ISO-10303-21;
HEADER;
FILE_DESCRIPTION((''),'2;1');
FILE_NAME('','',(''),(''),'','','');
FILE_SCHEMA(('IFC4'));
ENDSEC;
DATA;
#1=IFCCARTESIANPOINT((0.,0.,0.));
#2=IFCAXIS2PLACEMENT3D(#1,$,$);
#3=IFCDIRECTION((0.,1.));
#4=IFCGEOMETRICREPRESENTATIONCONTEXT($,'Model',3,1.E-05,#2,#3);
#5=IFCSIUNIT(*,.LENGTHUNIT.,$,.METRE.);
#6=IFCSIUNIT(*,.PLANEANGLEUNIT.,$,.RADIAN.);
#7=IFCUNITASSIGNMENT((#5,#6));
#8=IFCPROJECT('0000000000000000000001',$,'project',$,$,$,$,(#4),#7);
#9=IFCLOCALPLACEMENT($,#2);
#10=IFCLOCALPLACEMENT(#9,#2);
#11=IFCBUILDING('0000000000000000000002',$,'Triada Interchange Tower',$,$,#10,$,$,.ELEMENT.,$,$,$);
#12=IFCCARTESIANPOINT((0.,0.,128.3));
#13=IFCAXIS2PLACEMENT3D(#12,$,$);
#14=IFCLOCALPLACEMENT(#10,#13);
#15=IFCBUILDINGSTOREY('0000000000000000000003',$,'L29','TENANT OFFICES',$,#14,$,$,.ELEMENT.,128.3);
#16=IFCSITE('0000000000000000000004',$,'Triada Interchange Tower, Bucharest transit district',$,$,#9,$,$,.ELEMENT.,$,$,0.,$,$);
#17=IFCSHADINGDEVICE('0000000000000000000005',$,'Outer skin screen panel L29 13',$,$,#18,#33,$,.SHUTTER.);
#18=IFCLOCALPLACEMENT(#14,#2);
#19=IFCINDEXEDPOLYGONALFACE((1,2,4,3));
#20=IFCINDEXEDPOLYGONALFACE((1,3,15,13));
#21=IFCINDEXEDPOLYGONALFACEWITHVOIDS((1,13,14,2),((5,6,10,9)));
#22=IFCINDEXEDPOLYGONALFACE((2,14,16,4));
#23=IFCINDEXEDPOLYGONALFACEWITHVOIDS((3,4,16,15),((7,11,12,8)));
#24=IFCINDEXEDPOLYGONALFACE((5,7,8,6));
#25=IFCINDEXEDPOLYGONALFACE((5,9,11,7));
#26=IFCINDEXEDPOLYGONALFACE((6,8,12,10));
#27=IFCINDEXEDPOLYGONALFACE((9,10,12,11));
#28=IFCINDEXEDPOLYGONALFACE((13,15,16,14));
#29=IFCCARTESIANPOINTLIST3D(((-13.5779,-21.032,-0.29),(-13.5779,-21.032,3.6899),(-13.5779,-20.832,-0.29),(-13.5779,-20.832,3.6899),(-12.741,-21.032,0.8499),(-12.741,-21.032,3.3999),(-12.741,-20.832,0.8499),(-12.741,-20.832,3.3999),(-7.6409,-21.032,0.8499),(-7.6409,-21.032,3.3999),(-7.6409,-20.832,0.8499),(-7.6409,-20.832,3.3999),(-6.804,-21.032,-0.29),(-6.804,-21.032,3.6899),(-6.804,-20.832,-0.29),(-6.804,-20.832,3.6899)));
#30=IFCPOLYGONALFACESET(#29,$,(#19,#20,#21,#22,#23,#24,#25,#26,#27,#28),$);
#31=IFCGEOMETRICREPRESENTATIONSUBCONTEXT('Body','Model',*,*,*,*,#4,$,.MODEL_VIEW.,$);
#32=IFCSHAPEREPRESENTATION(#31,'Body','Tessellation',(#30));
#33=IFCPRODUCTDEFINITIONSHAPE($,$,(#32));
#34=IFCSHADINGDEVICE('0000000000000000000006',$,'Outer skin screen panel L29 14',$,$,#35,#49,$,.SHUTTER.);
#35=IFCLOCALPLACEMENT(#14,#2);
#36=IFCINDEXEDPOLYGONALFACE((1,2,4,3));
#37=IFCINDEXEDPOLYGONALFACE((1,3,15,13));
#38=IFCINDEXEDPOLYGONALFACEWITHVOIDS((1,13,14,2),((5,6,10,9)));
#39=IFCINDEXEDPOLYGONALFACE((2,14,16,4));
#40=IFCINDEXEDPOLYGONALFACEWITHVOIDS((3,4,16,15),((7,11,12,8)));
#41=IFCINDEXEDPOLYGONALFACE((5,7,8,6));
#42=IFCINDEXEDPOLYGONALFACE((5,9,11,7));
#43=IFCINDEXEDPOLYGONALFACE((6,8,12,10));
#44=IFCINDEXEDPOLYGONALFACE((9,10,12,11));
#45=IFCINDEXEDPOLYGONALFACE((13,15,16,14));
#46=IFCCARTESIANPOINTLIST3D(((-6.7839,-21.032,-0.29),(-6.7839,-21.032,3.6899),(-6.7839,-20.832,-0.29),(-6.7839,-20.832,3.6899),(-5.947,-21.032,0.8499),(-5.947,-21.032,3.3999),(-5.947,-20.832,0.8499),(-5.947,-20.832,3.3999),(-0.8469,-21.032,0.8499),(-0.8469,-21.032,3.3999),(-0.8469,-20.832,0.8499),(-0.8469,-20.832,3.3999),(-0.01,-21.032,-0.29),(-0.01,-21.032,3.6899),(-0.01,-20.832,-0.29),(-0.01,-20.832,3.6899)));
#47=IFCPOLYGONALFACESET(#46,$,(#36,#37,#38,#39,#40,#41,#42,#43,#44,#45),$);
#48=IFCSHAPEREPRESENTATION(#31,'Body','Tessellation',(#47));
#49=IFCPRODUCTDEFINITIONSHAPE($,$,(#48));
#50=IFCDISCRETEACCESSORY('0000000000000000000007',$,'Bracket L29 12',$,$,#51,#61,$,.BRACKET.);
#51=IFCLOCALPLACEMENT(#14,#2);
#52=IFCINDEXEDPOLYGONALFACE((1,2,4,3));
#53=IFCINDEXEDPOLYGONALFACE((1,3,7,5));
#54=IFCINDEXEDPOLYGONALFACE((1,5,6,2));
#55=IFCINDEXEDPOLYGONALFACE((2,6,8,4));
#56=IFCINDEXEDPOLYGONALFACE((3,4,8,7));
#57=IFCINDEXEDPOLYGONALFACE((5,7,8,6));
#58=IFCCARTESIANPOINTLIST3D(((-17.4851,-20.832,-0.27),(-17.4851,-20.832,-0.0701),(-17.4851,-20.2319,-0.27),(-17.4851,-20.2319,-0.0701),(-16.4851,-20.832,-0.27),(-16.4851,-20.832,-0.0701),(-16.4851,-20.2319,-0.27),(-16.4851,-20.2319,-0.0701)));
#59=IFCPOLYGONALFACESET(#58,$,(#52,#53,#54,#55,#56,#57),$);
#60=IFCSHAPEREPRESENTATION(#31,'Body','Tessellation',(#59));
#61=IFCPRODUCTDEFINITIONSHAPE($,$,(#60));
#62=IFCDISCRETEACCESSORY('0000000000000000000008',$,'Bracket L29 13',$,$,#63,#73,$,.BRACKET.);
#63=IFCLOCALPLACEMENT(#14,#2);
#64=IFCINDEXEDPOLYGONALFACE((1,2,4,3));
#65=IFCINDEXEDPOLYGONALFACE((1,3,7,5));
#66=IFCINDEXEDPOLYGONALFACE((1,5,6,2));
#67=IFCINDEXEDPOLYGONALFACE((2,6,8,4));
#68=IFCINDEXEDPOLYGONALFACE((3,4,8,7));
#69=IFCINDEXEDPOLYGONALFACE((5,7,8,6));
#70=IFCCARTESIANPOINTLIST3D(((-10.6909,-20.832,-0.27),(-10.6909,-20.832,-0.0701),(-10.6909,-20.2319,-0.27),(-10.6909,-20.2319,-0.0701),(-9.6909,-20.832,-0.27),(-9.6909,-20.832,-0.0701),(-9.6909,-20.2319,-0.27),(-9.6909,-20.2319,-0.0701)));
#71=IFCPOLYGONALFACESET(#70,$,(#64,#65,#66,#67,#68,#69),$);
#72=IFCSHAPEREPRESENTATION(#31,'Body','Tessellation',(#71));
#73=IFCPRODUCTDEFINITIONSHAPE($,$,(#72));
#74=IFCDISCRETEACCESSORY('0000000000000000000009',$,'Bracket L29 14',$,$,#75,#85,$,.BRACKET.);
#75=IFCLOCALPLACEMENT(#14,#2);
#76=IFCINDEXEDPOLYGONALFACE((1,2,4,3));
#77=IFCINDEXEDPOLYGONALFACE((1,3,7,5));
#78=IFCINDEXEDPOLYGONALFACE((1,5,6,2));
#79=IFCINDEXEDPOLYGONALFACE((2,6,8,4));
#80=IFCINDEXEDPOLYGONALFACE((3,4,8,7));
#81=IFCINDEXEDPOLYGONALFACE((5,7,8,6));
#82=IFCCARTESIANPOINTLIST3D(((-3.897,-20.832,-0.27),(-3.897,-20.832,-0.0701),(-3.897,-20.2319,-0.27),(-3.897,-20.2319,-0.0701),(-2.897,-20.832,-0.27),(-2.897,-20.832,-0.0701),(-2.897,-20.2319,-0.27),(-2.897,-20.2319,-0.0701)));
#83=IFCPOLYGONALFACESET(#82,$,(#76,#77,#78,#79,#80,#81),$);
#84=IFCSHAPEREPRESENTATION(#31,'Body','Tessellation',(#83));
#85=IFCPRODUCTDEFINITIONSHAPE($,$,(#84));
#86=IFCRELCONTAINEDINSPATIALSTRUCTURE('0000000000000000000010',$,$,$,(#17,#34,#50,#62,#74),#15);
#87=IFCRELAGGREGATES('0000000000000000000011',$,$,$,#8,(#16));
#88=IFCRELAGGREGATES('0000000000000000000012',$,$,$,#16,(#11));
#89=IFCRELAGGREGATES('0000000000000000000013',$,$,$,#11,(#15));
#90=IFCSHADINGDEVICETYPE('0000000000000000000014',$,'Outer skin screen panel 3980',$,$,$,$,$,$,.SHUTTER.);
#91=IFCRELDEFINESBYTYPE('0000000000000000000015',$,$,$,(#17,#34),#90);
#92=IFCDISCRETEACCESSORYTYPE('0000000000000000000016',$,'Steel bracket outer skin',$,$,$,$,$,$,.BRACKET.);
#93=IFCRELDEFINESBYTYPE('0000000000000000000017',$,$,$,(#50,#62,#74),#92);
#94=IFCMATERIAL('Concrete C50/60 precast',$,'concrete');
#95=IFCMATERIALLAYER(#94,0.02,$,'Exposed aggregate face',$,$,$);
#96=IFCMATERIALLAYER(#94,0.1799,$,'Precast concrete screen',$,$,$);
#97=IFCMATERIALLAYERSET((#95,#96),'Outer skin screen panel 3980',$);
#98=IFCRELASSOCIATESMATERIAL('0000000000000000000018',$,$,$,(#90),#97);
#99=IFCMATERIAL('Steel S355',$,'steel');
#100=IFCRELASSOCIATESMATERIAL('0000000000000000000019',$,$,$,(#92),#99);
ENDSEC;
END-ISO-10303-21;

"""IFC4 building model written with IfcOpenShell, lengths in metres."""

from ifc_helpers import new_model, si_unit, direction, frame, origin, origin_2d, place, context, subcontext, project, spatial, polyline, rectangle, outline, extrude, material, layer, layer_set, type_object, element, save


model = new_model("IFC4")

# Units and contexts
model_context = context("Model", 3, precision=1e-05, world=origin(), true_north=direction((0.0, 1.0)))
body_context = subcontext(model_context, "Body", "Model", "MODEL_VIEW")
ifc_project = project(units=[si_unit("LENGTHUNIT", "METRE"), si_unit("PLANEANGLEUNIT", "RADIAN")], contexts=[model_context])

# Site, building, storey
site_placement = place(None, origin())
site = spatial("IfcSite", under=ifc_project, at=site_placement, Name="Triada Interchange Tower, Bucharest transit district", CompositionType="ELEMENT", RefElevation=0.0)
building_placement = place(site_placement, origin())
building = spatial("IfcBuilding", under=site, at=building_placement, Name="Triada Interchange Tower", CompositionType="ELEMENT")
storey_placement = place(building_placement, frame((0.0, 0.0, 128.3)))
storey = spatial("IfcBuildingStorey", under=building, at=storey_placement, Name="L29", Description="TENANT OFFICES", CompositionType="ELEMENT", Elevation=128.3)

# Shading devices
ifc_material_1 = material(Name="Concrete C50/60 precast", Category="concrete")
ifc_layer_1 = layer(ifc_material_1, 0.02, Name="Exposed aggregate face")
ifc_layer_2 = layer(ifc_material_1, 0.1799, Name="Precast concrete screen")
ifc_layer_set_1 = layer_set([ifc_layer_1, ifc_layer_2], Name="Outer skin screen panel 3980")
shading_device_type = type_object("IfcShadingDeviceType", Name="Outer skin screen panel 3980", PredefinedType="SHUTTER", material=ifc_layer_set_1)
for number, where, z_axis, x_axis, name in (
    (1, (-13.5779, -20.832, -0.29), (0.0, 0.0, 1.0), (1.0, 0.0, 0.0), "Outer skin screen panel L29 13"),
    (2, (-6.7839, -20.832, -0.29), (0.0, 0.0, 1.0), (1.0, 0.0, 0.0), "Outer skin screen panel L29 14"),
):
    element("IfcShadingDevice", number, at=place(storey_placement, frame(where, z_axis=z_axis, x_axis=x_axis)), inside=storey, type_object=shading_device_type, Name=name, PredefinedType="SHUTTER", context=body_context, shape_type="SweptSolid", body=[
        extrude(outline(polyline([(0.0, 0.0), (6.7739, 0.0), (6.7739, 3.98), (0.0, 3.98), (0.0, 0.0)]), holes=[polyline([(0.8369, 1.1399), (0.8369, 3.6899), (5.937, 3.6899), (5.937, 1.1399), (0.8369, 1.1399)])]), frame((0.0, 0.0, 0.0), z_axis=(0.0, -1.0, 0.0), x_axis=(1.0, 0.0, 0.0)), (0.0, 0.0, 1.0), 0.2),
    ])

# Discrete accessories
ifc_material_2 = material(Name="Steel S355", Category="steel")
discrete_accessory_type = type_object("IfcDiscreteAccessoryType", Name="Steel bracket outer skin", PredefinedType="BRACKET", material=ifc_material_2)
for number, where, z_axis, x_axis, name in (
    (3, (-16.9851, -20.532, -0.27), (0.0, 0.0, 1.0), (0.0, -1.0, 0.0), "Bracket L29 12"),
    (4, (-10.1909, -20.532, -0.27), (0.0, 0.0, 1.0), (0.0, -1.0, 0.0), "Bracket L29 13"),
    (5, (-3.397, -20.532, -0.27), (0.0, 0.0, 1.0), (0.0, -1.0, 0.0), "Bracket L29 14"),
):
    element("IfcDiscreteAccessory", number, at=place(storey_placement, frame(where, z_axis=z_axis, x_axis=x_axis)), inside=storey, type_object=discrete_accessory_type, Name=name, PredefinedType="BRACKET", context=body_context, shape_type="SweptSolid", body=[
        extrude(rectangle(XDim=0.6001, YDim=1.0, at=origin_2d()), origin(), (0.0, 0.0, 1.0), 0.2),
    ])

save(model, "model.ifc")
